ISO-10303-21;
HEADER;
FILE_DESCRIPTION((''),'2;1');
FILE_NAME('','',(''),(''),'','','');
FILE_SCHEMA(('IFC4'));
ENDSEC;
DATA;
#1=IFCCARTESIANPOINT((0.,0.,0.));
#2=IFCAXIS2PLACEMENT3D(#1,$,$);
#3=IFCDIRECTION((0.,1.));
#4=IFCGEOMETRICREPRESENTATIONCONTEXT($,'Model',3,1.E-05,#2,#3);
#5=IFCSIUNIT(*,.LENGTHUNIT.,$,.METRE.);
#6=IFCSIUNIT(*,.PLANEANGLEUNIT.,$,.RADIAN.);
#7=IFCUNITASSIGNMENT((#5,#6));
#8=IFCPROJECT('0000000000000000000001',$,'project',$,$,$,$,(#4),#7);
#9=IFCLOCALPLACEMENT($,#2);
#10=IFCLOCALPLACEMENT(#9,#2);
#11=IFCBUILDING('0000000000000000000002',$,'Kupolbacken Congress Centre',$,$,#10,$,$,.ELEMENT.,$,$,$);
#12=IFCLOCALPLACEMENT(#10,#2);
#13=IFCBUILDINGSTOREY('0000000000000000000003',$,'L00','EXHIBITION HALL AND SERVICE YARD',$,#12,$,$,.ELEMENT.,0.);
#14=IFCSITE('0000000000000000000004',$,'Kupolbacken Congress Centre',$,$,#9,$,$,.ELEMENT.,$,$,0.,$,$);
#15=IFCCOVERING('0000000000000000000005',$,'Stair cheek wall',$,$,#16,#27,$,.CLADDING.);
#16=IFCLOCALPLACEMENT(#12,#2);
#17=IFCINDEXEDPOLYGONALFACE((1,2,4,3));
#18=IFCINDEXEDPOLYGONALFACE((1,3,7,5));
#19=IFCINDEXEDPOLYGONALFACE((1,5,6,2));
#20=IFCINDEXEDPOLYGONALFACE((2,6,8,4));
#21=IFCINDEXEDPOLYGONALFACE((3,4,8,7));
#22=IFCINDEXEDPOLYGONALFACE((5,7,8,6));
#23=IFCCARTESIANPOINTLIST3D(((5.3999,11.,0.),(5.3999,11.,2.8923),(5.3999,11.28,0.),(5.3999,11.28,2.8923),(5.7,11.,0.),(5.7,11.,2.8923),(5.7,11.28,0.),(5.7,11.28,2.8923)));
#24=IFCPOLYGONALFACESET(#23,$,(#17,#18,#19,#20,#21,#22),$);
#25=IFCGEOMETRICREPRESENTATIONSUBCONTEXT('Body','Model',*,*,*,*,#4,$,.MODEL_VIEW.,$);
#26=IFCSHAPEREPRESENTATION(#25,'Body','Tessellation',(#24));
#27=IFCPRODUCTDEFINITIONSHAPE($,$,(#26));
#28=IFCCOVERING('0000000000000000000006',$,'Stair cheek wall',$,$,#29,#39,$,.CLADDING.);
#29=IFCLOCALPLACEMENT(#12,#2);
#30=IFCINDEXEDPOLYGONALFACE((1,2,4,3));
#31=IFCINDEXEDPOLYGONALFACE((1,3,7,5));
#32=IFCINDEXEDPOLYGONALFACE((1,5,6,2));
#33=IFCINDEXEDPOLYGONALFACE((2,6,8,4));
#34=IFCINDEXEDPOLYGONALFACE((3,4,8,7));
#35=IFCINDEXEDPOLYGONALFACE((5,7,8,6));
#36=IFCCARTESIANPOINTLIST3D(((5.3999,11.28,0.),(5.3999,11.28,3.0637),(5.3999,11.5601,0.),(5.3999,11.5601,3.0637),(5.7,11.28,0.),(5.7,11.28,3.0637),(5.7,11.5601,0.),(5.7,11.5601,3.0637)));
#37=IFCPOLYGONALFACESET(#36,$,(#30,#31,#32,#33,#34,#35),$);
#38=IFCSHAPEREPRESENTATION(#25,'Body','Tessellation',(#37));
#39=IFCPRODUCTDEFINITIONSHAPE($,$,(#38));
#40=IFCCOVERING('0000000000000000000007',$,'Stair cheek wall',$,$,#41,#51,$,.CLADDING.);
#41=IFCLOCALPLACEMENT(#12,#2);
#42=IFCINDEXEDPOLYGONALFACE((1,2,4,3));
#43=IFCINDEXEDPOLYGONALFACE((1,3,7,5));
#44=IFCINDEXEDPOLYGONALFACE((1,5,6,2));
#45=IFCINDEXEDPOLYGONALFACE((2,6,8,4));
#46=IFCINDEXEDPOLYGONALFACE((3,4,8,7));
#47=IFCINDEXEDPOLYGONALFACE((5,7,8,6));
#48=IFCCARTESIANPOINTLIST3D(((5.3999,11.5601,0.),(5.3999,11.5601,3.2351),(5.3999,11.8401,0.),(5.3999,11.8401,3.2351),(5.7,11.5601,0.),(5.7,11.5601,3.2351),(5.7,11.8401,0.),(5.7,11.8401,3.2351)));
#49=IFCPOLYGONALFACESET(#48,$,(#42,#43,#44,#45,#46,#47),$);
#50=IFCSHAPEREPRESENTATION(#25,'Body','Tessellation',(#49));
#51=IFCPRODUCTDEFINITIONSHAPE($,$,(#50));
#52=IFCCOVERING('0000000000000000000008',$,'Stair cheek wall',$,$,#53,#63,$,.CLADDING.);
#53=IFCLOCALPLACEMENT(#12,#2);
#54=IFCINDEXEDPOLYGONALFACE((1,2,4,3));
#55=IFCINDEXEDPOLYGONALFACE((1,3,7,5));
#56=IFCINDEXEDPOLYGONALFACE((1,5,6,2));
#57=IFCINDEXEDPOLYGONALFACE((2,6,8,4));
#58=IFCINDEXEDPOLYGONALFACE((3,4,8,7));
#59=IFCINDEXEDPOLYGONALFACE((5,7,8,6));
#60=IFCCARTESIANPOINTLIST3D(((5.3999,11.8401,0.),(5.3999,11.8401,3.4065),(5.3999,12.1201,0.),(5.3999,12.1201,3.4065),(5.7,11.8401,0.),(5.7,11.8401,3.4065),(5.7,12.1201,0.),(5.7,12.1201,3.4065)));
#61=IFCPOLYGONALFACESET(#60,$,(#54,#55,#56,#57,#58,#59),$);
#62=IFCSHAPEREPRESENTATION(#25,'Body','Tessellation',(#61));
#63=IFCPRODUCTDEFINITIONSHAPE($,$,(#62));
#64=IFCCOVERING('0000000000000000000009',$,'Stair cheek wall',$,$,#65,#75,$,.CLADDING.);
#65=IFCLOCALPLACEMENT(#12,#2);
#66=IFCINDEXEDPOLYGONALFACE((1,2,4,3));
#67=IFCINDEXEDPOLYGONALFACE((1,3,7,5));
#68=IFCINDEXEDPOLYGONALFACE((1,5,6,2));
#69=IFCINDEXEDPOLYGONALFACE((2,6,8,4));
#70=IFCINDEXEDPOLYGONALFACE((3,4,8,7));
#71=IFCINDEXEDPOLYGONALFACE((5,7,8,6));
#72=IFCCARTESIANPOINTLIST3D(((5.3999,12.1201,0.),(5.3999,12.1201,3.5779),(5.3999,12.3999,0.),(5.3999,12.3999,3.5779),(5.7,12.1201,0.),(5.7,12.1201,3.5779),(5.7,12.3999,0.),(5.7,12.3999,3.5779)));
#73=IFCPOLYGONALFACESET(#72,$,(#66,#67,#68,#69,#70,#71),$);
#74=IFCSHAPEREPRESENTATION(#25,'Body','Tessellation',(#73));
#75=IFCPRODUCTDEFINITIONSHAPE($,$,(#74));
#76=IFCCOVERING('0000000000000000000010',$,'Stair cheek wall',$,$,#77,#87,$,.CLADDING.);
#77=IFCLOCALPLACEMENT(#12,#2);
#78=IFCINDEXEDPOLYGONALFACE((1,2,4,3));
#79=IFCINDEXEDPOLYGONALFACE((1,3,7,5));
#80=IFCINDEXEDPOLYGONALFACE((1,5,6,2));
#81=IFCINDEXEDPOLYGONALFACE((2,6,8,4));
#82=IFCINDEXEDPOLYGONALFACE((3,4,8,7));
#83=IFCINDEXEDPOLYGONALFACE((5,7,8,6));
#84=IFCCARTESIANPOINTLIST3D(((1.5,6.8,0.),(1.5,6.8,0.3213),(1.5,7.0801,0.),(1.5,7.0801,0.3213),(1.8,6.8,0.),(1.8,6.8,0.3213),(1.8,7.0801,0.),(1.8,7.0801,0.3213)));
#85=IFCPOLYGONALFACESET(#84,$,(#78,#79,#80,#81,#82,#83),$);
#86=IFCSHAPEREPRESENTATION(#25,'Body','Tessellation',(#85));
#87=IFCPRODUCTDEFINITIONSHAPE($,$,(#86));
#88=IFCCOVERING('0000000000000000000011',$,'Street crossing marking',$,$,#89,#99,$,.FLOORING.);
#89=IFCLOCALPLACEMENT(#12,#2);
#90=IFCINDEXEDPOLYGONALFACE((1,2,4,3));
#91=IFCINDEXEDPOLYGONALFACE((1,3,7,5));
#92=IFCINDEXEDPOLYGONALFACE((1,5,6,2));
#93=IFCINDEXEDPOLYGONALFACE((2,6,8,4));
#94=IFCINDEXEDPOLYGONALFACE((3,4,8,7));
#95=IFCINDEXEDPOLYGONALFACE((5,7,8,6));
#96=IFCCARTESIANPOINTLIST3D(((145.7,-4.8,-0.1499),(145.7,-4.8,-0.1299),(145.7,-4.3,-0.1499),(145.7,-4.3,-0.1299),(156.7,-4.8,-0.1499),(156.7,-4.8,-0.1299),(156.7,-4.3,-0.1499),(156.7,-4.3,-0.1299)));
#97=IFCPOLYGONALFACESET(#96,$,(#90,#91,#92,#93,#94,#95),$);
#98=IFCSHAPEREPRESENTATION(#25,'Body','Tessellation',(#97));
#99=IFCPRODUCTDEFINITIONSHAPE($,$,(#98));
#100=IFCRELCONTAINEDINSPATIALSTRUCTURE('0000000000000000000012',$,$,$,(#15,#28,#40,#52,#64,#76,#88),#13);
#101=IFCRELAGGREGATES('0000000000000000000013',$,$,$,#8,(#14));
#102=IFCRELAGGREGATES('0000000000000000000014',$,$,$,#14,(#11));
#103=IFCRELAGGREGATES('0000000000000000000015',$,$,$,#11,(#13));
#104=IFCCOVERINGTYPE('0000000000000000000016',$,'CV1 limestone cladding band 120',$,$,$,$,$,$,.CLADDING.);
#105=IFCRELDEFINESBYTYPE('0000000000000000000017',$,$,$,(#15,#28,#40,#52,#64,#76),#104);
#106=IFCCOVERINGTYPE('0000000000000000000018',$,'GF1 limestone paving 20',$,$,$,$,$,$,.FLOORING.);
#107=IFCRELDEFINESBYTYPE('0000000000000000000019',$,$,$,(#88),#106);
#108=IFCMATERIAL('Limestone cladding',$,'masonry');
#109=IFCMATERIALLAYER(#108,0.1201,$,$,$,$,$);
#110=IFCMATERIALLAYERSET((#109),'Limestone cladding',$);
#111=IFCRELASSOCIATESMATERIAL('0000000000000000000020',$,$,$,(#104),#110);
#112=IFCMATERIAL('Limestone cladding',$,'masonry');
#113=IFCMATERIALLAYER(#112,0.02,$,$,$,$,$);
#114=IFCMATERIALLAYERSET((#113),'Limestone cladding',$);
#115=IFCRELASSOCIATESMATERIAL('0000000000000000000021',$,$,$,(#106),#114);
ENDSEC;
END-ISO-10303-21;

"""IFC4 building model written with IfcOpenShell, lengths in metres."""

from ifc_helpers import new_model, si_unit, direction, frame, origin, place, context, subcontext, project, spatial, polyline, outline, extrude, material, layer, layer_set, type_object, element, save


model = new_model("IFC4")

# Units and contexts
model_context = context("Model", 3, precision=1e-05, world=origin(), true_north=direction((0.0, 1.0)))
body_context = subcontext(model_context, "Body", "Model", "MODEL_VIEW")
ifc_project = project(units=[si_unit("LENGTHUNIT", "METRE"), si_unit("PLANEANGLEUNIT", "RADIAN")], contexts=[model_context])

# Site, building, storey
site_placement = place(None, origin())
site = spatial("IfcSite", under=ifc_project, at=site_placement, Name="Kupolbacken Congress Centre", CompositionType="ELEMENT", RefElevation=0.0)
building_placement = place(site_placement, origin())
building = spatial("IfcBuilding", under=site, at=building_placement, Name="Kupolbacken Congress Centre", CompositionType="ELEMENT")
storey_placement = place(building_placement, origin())
storey = spatial("IfcBuildingStorey", under=building, at=storey_placement, Name="L00", Description="EXHIBITION HALL AND SERVICE YARD", CompositionType="ELEMENT", Elevation=0.0)

# Coverings
ifc_material_1 = material(Name="Limestone cladding", Category="masonry")
ifc_layer_1 = layer(ifc_material_1, 0.1201)
ifc_layer_set_1 = layer_set([ifc_layer_1], Name="Limestone cladding")
covering_type_1 = type_object("IfcCoveringType", Name="CV1 limestone cladding band 120", PredefinedType="CLADDING", material=ifc_layer_set_1)
covering_1_placement = place(storey_placement, origin())
element("IfcCovering", 1, at=covering_1_placement, inside=storey, type_object=covering_type_1, Name="Stair cheek wall", PredefinedType="CLADDING", context=body_context, shape_type="SweptSolid", body=[
    extrude(outline(polyline([(5.3999, 11.0), (5.3999, 11.28), (5.7, 11.28), (5.7, 11.0), (5.3999, 11.0)])), origin(), (0.0, 0.0, 1.0), 2.8923),
])
covering_2_placement = place(storey_placement, origin())
element("IfcCovering", 2, at=covering_2_placement, inside=storey, type_object=covering_type_1, Name="Stair cheek wall", PredefinedType="CLADDING", context=body_context, shape_type="SweptSolid", body=[
    extrude(outline(polyline([(5.3999, 11.28), (5.3999, 11.5601), (5.7, 11.5601), (5.7, 11.28), (5.3999, 11.28)])), origin(), (0.0, 0.0, 1.0), 3.0637),
])
covering_3_placement = place(storey_placement, origin())
element("IfcCovering", 3, at=covering_3_placement, inside=storey, type_object=covering_type_1, Name="Stair cheek wall", PredefinedType="CLADDING", context=body_context, shape_type="SweptSolid", body=[
    extrude(outline(polyline([(5.3999, 11.5601), (5.3999, 11.8401), (5.7, 11.8401), (5.7, 11.5601), (5.3999, 11.5601)])), origin(), (0.0, 0.0, 1.0), 3.2351),
])
covering_4_placement = place(storey_placement, origin())
element("IfcCovering", 4, at=covering_4_placement, inside=storey, type_object=covering_type_1, Name="Stair cheek wall", PredefinedType="CLADDING", context=body_context, shape_type="SweptSolid", body=[
    extrude(outline(polyline([(5.3999, 11.8401), (5.3999, 12.1201), (5.7, 12.1201), (5.7, 11.8401), (5.3999, 11.8401)])), origin(), (0.0, 0.0, 1.0), 3.4065),
])
covering_5_placement = place(storey_placement, origin())
element("IfcCovering", 5, at=covering_5_placement, inside=storey, type_object=covering_type_1, Name="Stair cheek wall", PredefinedType="CLADDING", context=body_context, shape_type="SweptSolid", body=[
    extrude(outline(polyline([(5.3999, 12.1201), (5.3999, 12.3999), (5.7, 12.3999), (5.7, 12.1201), (5.3999, 12.1201)])), origin(), (0.0, 0.0, 1.0), 3.5779),
])
covering_6_placement = place(storey_placement, origin())
element("IfcCovering", 6, at=covering_6_placement, inside=storey, type_object=covering_type_1, Name="Stair cheek wall", PredefinedType="CLADDING", context=body_context, shape_type="SweptSolid", body=[
    extrude(outline(polyline([(1.8, 6.8), (1.8, 7.0801), (1.5, 7.0801), (1.5, 6.8), (1.8, 6.8)])), origin(), (0.0, 0.0, 1.0), 0.3213),
])
ifc_material_2 = material(Name="Limestone cladding", Category="masonry")
ifc_layer_2 = layer(ifc_material_2, 0.02)
ifc_layer_set_2 = layer_set([ifc_layer_2], Name="Limestone cladding")
covering_type_2 = type_object("IfcCoveringType", Name="GF1 limestone paving 20", PredefinedType="FLOORING", material=ifc_layer_set_2)
covering_7_placement = place(storey_placement, frame((0.0, 0.0, -0.1499)))
element("IfcCovering", 7, at=covering_7_placement, inside=storey, type_object=covering_type_2, Name="Street crossing marking", PredefinedType="FLOORING", context=body_context, shape_type="SweptSolid", body=[
    extrude(outline(polyline([(145.7, -4.3), (156.7, -4.3), (156.7, -4.8), (145.7, -4.8), (145.7, -4.3)])), origin(), (0.0, 0.0, 1.0), 0.02),
])

save(model, "model.ifc")
